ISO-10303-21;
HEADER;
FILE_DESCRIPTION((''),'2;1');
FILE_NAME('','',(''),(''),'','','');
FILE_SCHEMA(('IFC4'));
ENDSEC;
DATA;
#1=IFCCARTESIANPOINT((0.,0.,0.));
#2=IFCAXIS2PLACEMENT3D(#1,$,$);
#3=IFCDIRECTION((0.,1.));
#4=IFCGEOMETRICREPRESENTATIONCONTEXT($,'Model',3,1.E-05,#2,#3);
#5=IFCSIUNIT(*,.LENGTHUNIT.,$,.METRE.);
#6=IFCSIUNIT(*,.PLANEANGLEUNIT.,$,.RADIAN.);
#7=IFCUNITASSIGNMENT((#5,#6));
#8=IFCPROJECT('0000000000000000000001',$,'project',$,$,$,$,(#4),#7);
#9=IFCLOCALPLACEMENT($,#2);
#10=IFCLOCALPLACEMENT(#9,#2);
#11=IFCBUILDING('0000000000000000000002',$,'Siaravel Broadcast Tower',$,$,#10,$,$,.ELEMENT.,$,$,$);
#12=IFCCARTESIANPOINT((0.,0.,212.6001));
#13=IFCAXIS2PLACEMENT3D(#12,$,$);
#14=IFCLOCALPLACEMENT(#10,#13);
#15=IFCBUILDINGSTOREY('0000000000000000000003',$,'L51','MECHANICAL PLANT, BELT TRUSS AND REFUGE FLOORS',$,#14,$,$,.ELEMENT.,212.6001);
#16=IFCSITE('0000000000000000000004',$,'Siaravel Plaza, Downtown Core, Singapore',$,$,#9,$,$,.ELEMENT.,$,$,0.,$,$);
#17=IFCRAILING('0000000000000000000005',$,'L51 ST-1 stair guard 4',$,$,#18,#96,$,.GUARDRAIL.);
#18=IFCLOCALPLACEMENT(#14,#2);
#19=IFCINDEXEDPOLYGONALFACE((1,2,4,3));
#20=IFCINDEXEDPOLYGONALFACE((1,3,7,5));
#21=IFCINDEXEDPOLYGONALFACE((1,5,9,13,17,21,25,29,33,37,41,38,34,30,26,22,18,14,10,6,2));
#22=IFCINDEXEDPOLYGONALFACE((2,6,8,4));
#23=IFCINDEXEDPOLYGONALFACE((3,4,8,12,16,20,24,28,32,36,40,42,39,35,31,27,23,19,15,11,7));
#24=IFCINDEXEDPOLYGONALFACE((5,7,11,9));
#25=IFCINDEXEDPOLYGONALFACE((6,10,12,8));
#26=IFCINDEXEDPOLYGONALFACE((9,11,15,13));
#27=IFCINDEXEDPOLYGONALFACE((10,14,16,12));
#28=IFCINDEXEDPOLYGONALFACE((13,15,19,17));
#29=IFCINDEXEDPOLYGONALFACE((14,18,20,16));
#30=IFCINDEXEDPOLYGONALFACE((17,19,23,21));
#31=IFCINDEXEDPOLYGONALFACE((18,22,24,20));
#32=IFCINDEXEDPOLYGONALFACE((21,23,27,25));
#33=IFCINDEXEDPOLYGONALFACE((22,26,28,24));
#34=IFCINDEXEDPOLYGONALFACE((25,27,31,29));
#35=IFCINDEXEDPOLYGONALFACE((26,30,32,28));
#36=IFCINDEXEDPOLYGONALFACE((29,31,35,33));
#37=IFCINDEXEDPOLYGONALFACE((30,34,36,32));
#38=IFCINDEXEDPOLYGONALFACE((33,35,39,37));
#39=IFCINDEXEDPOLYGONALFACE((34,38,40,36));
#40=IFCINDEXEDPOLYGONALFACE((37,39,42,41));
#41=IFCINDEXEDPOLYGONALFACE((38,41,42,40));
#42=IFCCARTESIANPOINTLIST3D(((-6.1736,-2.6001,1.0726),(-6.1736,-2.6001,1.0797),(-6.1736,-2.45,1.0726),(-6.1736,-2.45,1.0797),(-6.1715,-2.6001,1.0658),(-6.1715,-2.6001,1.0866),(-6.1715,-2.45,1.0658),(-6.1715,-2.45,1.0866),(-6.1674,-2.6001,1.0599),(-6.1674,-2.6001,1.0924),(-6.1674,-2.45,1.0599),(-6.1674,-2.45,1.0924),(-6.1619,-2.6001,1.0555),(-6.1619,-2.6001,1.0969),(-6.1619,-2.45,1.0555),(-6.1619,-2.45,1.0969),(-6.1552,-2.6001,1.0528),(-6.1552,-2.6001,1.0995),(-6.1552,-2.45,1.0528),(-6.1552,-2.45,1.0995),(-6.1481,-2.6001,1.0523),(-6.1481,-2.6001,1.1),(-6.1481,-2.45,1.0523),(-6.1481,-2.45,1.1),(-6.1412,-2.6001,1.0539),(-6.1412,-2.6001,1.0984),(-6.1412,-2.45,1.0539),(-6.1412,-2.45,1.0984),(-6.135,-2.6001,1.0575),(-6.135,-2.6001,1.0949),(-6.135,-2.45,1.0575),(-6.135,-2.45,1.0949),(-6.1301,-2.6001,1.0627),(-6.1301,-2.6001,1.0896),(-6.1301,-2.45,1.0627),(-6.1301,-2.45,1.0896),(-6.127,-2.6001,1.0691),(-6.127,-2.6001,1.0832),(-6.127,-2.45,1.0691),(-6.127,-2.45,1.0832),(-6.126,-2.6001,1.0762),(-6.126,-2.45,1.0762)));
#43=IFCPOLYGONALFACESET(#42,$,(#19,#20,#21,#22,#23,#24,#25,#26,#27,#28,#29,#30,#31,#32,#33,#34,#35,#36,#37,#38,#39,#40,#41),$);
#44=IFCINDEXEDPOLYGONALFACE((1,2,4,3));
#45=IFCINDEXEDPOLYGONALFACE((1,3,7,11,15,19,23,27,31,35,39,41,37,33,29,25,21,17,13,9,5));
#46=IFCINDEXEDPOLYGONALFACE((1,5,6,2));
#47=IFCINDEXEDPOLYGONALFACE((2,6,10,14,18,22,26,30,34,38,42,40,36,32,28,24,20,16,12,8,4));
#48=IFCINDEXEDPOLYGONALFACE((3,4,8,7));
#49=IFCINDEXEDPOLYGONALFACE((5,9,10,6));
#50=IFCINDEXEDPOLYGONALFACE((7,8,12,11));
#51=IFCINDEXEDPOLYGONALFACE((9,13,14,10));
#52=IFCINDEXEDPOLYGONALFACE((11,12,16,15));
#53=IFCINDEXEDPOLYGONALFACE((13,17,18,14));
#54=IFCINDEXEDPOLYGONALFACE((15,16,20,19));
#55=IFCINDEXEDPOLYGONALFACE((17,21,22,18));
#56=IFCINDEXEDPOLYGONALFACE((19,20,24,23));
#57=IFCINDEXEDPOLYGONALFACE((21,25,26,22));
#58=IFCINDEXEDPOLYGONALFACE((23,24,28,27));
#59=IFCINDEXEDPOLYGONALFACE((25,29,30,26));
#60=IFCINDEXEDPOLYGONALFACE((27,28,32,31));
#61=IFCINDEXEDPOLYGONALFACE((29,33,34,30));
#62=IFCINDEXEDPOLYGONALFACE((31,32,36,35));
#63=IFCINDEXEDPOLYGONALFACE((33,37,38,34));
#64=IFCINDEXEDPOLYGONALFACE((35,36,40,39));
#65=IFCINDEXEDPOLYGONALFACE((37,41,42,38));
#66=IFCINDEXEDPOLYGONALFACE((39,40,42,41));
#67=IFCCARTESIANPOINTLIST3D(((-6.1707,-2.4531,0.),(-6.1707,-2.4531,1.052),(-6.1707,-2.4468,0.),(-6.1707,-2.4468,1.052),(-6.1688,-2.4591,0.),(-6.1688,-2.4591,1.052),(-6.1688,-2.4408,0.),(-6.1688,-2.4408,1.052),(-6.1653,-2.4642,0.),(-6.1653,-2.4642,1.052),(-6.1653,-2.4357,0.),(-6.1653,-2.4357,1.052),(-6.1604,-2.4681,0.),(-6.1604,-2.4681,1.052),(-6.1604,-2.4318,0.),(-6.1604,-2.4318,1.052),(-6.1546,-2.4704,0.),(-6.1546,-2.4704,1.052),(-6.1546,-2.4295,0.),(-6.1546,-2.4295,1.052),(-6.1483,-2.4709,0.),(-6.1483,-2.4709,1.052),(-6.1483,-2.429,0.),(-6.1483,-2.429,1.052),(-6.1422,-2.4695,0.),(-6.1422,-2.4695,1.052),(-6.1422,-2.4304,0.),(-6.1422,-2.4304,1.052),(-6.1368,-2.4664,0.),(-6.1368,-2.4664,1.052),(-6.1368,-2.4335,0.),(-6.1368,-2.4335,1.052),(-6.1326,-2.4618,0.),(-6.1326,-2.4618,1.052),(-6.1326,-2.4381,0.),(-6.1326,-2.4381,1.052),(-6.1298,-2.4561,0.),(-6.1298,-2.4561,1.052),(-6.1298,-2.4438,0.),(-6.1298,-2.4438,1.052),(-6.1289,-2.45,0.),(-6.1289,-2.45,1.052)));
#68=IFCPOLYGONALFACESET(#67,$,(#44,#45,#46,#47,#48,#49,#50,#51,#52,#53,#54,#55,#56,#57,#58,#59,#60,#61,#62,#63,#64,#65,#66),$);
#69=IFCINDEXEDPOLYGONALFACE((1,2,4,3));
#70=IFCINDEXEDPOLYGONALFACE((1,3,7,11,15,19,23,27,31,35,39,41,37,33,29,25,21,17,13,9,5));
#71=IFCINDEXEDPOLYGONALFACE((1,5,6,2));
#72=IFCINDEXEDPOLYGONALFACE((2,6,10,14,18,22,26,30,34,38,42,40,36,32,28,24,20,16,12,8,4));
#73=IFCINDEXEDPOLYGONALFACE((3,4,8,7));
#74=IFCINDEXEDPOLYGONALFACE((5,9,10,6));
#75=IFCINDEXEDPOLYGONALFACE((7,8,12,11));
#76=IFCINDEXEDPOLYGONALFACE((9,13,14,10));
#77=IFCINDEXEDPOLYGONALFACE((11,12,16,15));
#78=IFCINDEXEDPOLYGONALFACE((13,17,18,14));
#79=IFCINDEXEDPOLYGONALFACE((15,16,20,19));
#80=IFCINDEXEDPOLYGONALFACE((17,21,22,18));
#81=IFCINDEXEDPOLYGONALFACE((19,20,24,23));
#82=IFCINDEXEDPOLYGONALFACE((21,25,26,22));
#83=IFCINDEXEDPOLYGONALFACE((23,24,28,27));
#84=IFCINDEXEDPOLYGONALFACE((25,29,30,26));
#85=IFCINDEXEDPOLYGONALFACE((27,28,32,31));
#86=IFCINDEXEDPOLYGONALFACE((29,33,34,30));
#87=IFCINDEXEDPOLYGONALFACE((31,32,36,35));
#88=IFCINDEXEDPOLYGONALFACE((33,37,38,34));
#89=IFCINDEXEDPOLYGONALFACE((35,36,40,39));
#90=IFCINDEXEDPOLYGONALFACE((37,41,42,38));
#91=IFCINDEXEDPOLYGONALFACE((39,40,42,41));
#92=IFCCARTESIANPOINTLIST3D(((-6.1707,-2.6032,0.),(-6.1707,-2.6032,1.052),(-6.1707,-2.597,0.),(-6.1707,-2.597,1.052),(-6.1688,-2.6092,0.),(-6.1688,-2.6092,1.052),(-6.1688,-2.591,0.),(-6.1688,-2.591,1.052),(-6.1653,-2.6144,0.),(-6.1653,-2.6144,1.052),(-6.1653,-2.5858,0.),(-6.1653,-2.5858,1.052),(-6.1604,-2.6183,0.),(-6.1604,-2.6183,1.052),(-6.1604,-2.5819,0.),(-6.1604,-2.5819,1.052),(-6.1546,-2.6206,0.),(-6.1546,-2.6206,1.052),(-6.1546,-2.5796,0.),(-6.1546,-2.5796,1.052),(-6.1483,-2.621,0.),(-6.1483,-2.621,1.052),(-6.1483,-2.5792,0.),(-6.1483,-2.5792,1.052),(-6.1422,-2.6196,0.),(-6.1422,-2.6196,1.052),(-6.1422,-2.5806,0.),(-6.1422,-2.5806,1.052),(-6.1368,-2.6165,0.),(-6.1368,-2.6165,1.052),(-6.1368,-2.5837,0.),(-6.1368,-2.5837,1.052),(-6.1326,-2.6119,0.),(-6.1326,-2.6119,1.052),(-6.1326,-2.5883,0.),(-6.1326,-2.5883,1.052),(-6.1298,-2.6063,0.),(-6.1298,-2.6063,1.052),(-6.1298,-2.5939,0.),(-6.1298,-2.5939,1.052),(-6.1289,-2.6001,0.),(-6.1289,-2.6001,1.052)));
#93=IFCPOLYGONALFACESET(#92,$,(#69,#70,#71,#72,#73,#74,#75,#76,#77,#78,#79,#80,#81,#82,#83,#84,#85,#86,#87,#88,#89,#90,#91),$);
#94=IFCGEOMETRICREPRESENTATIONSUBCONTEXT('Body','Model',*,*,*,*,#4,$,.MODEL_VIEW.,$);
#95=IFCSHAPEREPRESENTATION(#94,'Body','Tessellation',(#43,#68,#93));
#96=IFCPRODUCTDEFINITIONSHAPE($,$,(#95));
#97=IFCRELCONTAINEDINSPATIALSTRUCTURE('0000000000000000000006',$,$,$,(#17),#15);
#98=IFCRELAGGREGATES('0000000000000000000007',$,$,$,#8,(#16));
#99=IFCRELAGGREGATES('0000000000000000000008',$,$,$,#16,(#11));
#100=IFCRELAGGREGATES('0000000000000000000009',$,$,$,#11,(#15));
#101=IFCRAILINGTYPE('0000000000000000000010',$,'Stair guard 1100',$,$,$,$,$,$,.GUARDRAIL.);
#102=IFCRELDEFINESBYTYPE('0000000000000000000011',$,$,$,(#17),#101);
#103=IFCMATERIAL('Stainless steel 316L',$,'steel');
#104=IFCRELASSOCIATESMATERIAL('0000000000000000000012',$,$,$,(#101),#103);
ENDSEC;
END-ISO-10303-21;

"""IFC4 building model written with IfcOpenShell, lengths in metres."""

from ifc_helpers import new_model, si_unit, direction, frame, origin, origin_2d, place, context, subcontext, project, spatial, circle, extrude, material, type_object, element, save


model = new_model("IFC4")

# Units and contexts
model_context = context("Model", 3, precision=1e-05, world=origin(), true_north=direction((0.0, 1.0)))
body_context = subcontext(model_context, "Body", "Model", "MODEL_VIEW")
ifc_project = project(units=[si_unit("LENGTHUNIT", "METRE"), si_unit("PLANEANGLEUNIT", "RADIAN")], contexts=[model_context])

# Site, building, storey
site_placement = place(None, origin())
site = spatial("IfcSite", under=ifc_project, at=site_placement, Name="Siaravel Plaza, Downtown Core, Singapore", CompositionType="ELEMENT", RefElevation=0.0)
building_placement = place(site_placement, origin())
building = spatial("IfcBuilding", under=site, at=building_placement, Name="Siaravel Broadcast Tower", CompositionType="ELEMENT")
storey_placement = place(building_placement, frame((0.0, 0.0, 212.6001)))
storey = spatial("IfcBuildingStorey", under=building, at=storey_placement, Name="L51", Description="MECHANICAL PLANT, BELT TRUSS AND REFUGE FLOORS", CompositionType="ELEMENT", Elevation=212.6001)

# Shared definitions
ifc_material_1 = material(Name="Stainless steel 316L", Category="steel")

# Railing
railing_type_1 = type_object("IfcRailingType", Name="Stair guard 1100", PredefinedType="GUARDRAIL", material=ifc_material_1)
railing_1_placement = place(storey_placement, frame((-6.1499, -2.45, 0.0)))
element("IfcRailing", 1, at=railing_1_placement, inside=storey, type_object=railing_type_1, Name="L51 ST-1 stair guard 4", PredefinedType="GUARDRAIL", context=body_context, shape_type="SweptSolid", body=[
    extrude(circle(Radius=0.0239, at=origin_2d()), frame((0.0, 0.0, 1.0762), z_axis=(0.0, -1.0, 0.0), x_axis=(1.0, 0.0, 0.0)), (0.0, 0.0, 1.0), 0.1501),
    extrude(circle(Radius=0.021, at=origin_2d()), origin(), (0.0, 0.0, 1.0), 1.052),
    extrude(circle(Radius=0.021, at=origin_2d()), frame((0.0, -0.1501, 0.0)), (0.0, 0.0, 1.0), 1.052),
])

save(model, "model.ifc")
